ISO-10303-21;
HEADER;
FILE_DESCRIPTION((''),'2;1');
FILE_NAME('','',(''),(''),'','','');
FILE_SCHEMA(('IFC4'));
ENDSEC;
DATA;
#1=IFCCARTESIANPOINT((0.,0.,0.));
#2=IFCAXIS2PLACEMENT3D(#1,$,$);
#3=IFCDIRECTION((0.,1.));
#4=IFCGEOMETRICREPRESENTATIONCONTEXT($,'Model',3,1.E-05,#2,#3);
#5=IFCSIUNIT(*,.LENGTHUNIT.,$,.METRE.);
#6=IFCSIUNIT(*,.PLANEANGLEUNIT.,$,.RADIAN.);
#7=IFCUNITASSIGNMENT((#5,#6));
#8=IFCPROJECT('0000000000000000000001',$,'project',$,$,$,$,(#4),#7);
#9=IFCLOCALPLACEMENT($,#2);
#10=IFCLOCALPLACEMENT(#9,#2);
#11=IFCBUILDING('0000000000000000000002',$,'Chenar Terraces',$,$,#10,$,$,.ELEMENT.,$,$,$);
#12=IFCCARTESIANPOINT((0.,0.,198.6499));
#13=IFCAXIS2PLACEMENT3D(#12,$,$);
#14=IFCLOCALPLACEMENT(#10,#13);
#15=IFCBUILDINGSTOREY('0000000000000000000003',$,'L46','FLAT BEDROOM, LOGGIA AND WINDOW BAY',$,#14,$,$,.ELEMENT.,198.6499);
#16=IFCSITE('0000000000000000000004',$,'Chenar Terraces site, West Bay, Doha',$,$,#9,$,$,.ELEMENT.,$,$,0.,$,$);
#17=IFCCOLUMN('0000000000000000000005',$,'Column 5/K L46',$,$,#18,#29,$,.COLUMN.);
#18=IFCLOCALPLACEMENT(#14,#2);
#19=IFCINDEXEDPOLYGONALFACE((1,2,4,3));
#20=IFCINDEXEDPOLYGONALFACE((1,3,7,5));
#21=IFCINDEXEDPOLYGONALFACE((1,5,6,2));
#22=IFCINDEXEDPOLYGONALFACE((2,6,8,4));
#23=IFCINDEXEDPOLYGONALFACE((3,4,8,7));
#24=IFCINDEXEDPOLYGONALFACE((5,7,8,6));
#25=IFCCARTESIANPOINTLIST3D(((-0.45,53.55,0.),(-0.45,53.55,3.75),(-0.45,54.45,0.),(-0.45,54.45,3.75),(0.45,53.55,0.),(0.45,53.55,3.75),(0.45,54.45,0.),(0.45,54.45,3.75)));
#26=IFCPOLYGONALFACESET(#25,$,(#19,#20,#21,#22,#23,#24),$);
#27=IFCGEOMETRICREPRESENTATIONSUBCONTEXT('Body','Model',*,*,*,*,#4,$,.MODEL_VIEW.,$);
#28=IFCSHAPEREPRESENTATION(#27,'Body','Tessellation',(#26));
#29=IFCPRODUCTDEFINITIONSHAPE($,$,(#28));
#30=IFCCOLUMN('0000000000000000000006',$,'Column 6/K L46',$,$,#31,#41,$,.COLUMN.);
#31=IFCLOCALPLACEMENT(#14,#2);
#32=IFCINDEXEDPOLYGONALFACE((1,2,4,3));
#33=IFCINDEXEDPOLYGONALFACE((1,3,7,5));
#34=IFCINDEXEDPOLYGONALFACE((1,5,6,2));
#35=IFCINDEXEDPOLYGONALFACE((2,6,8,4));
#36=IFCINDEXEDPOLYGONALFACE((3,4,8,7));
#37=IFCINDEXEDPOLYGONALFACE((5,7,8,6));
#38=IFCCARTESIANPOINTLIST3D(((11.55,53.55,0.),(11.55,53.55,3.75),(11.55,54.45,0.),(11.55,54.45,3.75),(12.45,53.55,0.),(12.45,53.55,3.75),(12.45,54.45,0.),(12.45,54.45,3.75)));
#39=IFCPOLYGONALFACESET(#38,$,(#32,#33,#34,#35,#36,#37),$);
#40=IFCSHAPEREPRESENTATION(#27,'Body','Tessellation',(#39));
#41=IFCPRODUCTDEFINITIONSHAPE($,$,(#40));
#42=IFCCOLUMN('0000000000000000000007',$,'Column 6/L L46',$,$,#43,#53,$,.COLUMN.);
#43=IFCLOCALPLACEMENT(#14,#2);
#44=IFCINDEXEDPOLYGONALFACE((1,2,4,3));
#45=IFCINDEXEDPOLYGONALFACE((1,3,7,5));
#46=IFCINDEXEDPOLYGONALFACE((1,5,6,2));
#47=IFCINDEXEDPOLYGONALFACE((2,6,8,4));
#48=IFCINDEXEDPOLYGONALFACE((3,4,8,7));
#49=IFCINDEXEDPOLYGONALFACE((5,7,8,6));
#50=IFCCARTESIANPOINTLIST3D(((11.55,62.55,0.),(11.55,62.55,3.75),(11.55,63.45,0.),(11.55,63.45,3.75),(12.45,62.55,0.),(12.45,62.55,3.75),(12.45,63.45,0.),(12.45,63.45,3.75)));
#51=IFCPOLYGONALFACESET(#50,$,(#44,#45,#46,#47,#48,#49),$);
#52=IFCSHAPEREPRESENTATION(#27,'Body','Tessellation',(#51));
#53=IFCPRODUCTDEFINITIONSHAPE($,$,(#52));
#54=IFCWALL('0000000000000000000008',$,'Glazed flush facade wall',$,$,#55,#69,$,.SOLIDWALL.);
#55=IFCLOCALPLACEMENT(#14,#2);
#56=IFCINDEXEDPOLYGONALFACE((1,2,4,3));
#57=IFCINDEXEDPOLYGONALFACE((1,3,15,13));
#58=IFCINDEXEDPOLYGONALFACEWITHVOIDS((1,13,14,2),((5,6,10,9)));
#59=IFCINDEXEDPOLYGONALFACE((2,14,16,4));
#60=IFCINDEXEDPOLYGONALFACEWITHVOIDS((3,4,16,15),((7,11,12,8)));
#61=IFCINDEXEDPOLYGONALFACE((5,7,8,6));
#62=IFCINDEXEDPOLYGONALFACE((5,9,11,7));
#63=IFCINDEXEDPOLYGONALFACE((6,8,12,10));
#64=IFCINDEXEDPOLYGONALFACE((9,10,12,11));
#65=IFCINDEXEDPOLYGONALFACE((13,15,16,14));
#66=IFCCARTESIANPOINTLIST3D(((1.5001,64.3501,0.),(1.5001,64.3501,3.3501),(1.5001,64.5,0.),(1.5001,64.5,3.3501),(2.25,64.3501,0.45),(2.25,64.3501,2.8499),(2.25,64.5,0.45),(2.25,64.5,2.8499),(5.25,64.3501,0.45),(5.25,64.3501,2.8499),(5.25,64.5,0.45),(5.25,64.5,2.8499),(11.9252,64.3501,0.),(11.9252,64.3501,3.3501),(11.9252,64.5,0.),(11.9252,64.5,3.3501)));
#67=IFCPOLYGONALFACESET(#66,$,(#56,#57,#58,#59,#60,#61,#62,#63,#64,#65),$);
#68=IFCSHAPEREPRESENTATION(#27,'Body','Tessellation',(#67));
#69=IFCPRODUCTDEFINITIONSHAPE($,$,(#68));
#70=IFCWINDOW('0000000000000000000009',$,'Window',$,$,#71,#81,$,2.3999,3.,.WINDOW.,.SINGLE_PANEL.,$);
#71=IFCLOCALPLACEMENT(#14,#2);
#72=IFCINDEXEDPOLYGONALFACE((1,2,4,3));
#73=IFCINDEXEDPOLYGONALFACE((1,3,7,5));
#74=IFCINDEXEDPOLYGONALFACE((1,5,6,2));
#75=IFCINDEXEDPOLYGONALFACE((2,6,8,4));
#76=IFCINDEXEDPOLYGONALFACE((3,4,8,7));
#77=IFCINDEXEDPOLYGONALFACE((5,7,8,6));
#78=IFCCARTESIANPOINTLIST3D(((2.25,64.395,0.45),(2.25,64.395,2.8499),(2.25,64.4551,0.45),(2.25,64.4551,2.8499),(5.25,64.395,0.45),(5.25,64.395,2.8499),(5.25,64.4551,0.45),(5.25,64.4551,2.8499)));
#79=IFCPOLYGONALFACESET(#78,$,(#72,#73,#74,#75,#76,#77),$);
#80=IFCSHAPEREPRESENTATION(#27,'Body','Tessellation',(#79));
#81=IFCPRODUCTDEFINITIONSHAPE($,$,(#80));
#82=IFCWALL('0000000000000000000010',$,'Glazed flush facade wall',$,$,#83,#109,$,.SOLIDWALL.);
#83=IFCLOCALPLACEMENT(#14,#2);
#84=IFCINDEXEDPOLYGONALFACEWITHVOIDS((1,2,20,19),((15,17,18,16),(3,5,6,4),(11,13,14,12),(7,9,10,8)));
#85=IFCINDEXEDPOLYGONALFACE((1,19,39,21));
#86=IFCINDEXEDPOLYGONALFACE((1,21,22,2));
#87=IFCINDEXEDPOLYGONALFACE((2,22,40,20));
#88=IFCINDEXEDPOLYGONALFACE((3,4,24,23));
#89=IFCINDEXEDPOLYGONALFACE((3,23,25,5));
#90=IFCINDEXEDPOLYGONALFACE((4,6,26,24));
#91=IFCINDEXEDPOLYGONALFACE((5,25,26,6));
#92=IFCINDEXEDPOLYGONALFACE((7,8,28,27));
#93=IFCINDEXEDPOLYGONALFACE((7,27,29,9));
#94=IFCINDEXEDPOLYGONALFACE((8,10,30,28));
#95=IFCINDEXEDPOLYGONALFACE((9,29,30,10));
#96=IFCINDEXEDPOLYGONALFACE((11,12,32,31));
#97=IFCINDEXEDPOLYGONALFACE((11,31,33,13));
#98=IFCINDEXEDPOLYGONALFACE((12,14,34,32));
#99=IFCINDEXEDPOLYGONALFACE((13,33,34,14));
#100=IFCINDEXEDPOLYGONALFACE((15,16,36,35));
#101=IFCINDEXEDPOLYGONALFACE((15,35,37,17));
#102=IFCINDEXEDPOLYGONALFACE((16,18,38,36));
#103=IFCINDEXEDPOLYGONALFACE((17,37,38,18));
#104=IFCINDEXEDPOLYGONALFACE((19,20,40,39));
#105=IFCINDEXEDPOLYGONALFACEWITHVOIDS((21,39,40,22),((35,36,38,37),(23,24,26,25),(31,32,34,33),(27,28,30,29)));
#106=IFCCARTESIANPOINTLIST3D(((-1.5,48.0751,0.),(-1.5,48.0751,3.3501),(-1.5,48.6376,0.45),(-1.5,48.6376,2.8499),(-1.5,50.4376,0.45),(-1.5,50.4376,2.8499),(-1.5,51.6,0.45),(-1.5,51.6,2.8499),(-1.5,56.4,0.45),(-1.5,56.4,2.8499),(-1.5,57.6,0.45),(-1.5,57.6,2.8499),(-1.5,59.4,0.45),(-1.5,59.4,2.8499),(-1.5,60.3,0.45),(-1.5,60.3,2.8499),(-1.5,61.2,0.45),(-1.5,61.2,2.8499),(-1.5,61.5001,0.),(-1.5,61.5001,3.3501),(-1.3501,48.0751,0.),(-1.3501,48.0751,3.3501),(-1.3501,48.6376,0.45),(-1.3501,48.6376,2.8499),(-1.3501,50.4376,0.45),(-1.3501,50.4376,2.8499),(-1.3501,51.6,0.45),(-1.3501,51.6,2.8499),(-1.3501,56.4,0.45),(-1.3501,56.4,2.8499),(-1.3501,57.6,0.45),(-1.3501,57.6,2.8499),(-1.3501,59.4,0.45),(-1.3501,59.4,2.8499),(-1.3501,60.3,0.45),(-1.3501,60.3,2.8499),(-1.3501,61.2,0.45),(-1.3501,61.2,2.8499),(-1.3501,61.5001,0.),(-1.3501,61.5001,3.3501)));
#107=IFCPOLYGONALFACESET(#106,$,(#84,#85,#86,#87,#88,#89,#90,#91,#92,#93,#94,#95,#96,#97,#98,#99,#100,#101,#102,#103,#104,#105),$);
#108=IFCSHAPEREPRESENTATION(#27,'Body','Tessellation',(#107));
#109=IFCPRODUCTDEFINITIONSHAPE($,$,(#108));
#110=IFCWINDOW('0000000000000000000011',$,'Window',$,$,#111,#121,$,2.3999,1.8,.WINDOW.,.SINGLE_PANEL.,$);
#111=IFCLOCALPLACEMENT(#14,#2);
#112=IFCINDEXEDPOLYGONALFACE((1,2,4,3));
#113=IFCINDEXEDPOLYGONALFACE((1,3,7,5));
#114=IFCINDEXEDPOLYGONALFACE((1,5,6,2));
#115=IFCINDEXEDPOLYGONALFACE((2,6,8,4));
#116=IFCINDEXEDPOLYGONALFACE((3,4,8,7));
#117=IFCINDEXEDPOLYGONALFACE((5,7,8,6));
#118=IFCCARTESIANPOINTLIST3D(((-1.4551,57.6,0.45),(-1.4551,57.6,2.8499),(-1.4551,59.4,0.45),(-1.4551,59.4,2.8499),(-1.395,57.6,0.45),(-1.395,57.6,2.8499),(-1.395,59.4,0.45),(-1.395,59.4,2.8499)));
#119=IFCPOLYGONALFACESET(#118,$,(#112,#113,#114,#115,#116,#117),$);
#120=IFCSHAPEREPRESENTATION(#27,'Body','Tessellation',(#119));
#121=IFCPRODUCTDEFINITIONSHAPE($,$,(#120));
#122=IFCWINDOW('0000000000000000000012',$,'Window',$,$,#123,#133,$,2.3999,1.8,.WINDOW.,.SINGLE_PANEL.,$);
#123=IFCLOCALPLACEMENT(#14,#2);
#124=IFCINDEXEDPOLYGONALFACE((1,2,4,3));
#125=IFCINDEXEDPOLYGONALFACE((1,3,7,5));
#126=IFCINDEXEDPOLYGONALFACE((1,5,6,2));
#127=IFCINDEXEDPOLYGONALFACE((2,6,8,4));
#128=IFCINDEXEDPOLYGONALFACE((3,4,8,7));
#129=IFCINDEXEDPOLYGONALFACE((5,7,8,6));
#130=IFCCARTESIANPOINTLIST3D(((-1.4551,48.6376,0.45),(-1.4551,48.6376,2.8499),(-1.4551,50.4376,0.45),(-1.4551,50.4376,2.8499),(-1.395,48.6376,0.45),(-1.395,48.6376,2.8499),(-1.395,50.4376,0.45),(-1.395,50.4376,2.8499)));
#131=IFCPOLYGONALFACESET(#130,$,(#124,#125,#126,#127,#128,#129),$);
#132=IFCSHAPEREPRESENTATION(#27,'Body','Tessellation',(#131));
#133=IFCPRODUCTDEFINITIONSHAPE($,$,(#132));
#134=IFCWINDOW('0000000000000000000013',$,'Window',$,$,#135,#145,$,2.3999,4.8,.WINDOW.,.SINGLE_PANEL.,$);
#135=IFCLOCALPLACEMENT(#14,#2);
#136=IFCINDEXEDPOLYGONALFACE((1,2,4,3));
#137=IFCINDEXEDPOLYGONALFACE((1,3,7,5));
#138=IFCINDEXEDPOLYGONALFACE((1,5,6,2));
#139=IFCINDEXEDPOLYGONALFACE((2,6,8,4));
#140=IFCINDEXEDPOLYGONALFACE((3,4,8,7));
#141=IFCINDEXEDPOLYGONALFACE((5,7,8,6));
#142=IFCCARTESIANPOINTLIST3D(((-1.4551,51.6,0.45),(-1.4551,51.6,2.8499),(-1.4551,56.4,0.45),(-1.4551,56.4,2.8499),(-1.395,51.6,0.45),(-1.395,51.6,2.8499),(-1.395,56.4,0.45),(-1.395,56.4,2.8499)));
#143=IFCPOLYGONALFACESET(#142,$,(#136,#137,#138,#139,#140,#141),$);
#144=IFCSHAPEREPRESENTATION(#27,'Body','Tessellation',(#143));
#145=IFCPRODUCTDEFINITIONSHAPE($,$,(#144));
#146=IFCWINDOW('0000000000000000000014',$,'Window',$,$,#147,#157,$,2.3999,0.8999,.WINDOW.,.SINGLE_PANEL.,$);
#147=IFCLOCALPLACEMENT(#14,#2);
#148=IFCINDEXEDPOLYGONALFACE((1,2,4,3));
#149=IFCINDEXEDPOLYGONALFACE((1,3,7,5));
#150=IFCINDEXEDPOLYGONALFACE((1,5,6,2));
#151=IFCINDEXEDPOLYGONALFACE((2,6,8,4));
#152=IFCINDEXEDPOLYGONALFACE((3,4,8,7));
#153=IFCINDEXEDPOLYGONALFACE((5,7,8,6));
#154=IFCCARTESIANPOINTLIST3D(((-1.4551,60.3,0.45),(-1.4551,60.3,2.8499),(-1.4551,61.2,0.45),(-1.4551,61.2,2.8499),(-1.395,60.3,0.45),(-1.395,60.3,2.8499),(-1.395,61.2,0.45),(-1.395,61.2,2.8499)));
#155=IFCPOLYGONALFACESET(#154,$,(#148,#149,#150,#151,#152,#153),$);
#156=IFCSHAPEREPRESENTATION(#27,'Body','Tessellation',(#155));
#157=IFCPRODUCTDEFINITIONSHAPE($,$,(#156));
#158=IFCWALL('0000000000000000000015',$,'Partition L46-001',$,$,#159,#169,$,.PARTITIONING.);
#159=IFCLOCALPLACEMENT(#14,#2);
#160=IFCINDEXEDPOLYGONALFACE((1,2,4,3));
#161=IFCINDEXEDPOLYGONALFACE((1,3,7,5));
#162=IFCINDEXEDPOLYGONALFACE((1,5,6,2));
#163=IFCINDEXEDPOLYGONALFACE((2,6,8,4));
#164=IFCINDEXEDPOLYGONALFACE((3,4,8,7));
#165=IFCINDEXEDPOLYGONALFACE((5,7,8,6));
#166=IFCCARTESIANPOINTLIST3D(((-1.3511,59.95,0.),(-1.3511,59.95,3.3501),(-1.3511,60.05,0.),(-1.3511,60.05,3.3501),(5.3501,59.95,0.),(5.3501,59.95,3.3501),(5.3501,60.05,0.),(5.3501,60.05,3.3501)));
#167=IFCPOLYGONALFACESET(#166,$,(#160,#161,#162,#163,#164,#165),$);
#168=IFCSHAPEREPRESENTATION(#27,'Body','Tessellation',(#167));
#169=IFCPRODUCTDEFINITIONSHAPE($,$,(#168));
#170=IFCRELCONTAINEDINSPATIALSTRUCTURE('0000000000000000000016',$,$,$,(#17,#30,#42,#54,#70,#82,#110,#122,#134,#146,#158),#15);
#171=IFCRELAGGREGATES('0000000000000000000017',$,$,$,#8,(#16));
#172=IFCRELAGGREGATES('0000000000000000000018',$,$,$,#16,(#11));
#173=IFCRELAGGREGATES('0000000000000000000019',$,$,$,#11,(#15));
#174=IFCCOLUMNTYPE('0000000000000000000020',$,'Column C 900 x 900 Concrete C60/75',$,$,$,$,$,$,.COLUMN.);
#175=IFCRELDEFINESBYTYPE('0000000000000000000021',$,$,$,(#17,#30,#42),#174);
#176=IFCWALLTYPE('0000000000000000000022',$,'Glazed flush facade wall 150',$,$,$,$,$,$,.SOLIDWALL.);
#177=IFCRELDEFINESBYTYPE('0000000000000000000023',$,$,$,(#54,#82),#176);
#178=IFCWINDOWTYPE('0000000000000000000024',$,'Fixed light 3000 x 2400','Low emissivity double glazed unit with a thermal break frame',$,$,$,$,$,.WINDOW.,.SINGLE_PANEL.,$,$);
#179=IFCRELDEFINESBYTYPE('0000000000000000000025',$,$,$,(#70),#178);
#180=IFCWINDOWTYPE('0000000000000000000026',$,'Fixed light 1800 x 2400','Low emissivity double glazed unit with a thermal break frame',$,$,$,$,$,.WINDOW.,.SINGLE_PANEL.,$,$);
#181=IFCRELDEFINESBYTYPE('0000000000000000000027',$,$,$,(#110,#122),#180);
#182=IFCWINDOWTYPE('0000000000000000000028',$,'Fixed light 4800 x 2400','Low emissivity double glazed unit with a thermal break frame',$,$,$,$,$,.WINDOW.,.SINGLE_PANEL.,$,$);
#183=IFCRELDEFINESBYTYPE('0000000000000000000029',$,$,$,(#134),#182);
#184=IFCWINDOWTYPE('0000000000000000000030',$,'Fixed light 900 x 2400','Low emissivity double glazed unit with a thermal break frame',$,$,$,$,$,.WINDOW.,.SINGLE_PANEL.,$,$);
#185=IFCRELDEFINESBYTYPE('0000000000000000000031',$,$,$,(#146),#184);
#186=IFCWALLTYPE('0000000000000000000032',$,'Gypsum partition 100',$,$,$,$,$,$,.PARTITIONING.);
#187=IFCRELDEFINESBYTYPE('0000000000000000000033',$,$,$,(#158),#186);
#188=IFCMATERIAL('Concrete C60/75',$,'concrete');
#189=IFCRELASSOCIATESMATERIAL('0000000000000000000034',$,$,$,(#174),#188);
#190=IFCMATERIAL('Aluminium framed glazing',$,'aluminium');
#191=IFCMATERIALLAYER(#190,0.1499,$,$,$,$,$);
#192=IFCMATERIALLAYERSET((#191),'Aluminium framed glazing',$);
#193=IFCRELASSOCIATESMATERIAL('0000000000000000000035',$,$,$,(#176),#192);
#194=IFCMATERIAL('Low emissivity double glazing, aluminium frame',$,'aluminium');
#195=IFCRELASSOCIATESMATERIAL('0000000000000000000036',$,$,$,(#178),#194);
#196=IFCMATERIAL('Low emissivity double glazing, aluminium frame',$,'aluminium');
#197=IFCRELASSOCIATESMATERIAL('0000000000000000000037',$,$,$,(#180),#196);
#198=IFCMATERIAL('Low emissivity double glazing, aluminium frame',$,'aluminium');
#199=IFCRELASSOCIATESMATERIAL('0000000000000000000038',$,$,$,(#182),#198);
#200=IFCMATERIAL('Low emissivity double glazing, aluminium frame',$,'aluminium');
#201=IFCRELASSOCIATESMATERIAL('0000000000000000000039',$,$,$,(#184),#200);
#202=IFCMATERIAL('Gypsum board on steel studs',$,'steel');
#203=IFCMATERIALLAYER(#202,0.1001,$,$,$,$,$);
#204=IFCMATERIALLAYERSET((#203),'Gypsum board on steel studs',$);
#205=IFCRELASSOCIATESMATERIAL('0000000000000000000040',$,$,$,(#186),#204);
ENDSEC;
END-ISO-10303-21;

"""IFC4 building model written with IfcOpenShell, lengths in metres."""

from ifc_helpers import new_model, si_unit, direction, frame, frame_2d, origin, origin_2d, place, context, subcontext, project, spatial, rectangle, extrude, material, layer, layer_set, material_profile, profile_set, type_object, element, fill, save


model = new_model("IFC4")

# Units and contexts
model_context = context("Model", 3, precision=1e-05, world=origin(), true_north=direction((0.0, 1.0)))
body_context = subcontext(model_context, "Body", "Model", "MODEL_VIEW")
ifc_project = project(units=[si_unit("LENGTHUNIT", "METRE"), si_unit("PLANEANGLEUNIT", "RADIAN")], contexts=[model_context])

# Site, building, storey
site_placement = place(None, origin())
site = spatial("IfcSite", under=ifc_project, at=site_placement, Name="Chenar Terraces site, West Bay, Doha", CompositionType="ELEMENT", RefElevation=0.0)
building_placement = place(site_placement, origin())
building = spatial("IfcBuilding", under=site, at=building_placement, Name="Chenar Terraces", CompositionType="ELEMENT")
storey_placement = place(building_placement, frame((0.0, 0.0, 198.6499)))
storey = spatial("IfcBuildingStorey", under=building, at=storey_placement, Name="L46", Description="FLAT BEDROOM, LOGGIA AND WINDOW BAY", CompositionType="ELEMENT", Elevation=198.6499)

# Columns
ifc_material_1 = material(Name="Concrete C60/75", Category="concrete")
ifc_material_profile = material_profile(ifc_material_1, rectangle(XDim=0.8999, YDim=0.8999, at=origin_2d()), Name="C 900 x 900")
ifc_profile_set = profile_set([ifc_material_profile], Name="Concrete C60/75")
column_type = type_object("IfcColumnType", Name="Column C 900 x 900 Concrete C60/75", PredefinedType="COLUMN", material=ifc_profile_set)
for number, where, z_axis, x_axis, name in (
    (1, (0.0, 54.0, 0.0), (0.0, 0.0, 1.0), (1.0, 0.0, 0.0), "Column 5/K L46"),
    (2, (12.0, 54.0, 0.0), (0.0, 0.0, 1.0), (1.0, 0.0, 0.0), "Column 6/K L46"),
    (3, (12.0, 63.0, 0.0), (0.0, 0.0, 1.0), (1.0, 0.0, 0.0), "Column 6/L L46"),
):
    element("IfcColumn", number, at=place(storey_placement, frame(where, z_axis=z_axis, x_axis=x_axis)), inside=storey, type_object=column_type, Name=name, PredefinedType="COLUMN", context=body_context, shape_type="SweptSolid", body=[
        extrude(rectangle(XDim=0.8999, YDim=0.8999, at=origin_2d()), origin(), (0.0, 0.0, 1.0), 3.75),
    ])

# Wall, opening, window
ifc_material_2 = material(Name="Aluminium framed glazing", Category="aluminium")
ifc_layer_1 = layer(ifc_material_2, 0.1499)
ifc_layer_set_1 = layer_set([ifc_layer_1], Name="Aluminium framed glazing")
wall_type_1 = type_object("IfcWallType", Name="Glazed flush facade wall 150", PredefinedType="SOLIDWALL", material=ifc_layer_set_1)
wall_1_placement = place(storey_placement, frame((11.925, 64.425, 0.0), z_axis=(0.0, 0.0, 1.0), x_axis=(-1.0, 0.0, 0.0)))
wall_1 = element("IfcWall", 4, at=wall_1_placement, inside=storey, type_object=wall_type_1, Name="Glazed flush facade wall", PredefinedType="SOLIDWALL", context=body_context, shape_type="SweptSolid", body=[
    extrude(rectangle(XDim=10.425, YDim=0.1499, at=frame_2d((5.2124, 0.0))), origin(), (0.0, 0.0, 1.0), 3.3501),
])
opening_1_placement = place(wall_1_placement, frame((6.675, 0.0, 0.45)))
opening_1 = element("IfcOpeningElement", 5, at=opening_1_placement, cuts=wall_1, PredefinedType="OPENING", context=body_context, shape_type="SweptSolid", body=[
    extrude(rectangle(XDim=3.0, YDim=2.3999, at=frame_2d((1.5, 1.2))), frame((0.0, 0.085, 0.0), z_axis=(0.0, -1.0, 0.0), x_axis=(1.0, 0.0, 0.0)), (0.0, 0.0, 1.0), 0.1699),
])
ifc_material_3 = material(Name="Low emissivity double glazing, aluminium frame", Category="aluminium")
window_type_1 = type_object("IfcWindowType", Name="Fixed light 3000 x 2400", Description="Low emissivity double glazed unit with a thermal break frame", PartitioningType="SINGLE_PANEL", PredefinedType="WINDOW", material=ifc_material_3)
window_1_placement = place(opening_1_placement, origin())
window_1 = element("IfcWindow", 6, at=window_1_placement, inside=storey, type_object=window_type_1, Name="Window", OverallHeight=2.3999, OverallWidth=3.0, PartitioningType="SINGLE_PANEL", PredefinedType="WINDOW", context=body_context, shape_type="SweptSolid", body=[
    extrude(rectangle(XDim=3.0, YDim=2.3999, at=frame_2d((1.5, 1.2))), frame((0.0, 0.03, 0.0), z_axis=(0.0, -1.0, 0.0), x_axis=(1.0, 0.0, 0.0)), (0.0, 0.0, 1.0), 0.0601),
])
fill(opening_1, window_1)

# Wall, openings, windows
wall_2_placement = place(storey_placement, frame((-1.425, 61.5, 0.0), z_axis=(0.0, 0.0, 1.0), x_axis=(0.0, -1.0, 0.0)))
wall_2 = element("IfcWall", 7, at=wall_2_placement, inside=storey, type_object=wall_type_1, Name="Glazed flush facade wall", PredefinedType="SOLIDWALL", context=body_context, shape_type="SweptSolid", body=[
    extrude(rectangle(XDim=13.425, YDim=0.1499, at=frame_2d((6.7124, 0.0))), origin(), (0.0, 0.0, 1.0), 3.3501),
])
opening_2_placement = place(wall_2_placement, frame((0.3, 0.0, 0.45)))
opening_2 = element("IfcOpeningElement", 8, at=opening_2_placement, cuts=wall_2, PredefinedType="OPENING", context=body_context, shape_type="SweptSolid", body=[
    extrude(rectangle(XDim=0.8999, YDim=2.3999, at=frame_2d((0.45, 1.2))), frame((0.0, 0.085, 0.0), z_axis=(0.0, -1.0, 0.0), x_axis=(1.0, 0.0, 0.0)), (0.0, 0.0, 1.0), 0.1699),
])
opening_3_placement = place(wall_2_placement, frame((2.1001, 0.0, 0.45)))
opening_3 = element("IfcOpeningElement", 9, at=opening_3_placement, cuts=wall_2, PredefinedType="OPENING", context=body_context, shape_type="SweptSolid", body=[
    extrude(rectangle(XDim=1.8, YDim=2.3999, at=frame_2d((0.8999, 1.2))), frame((0.0, 0.085, 0.0), z_axis=(0.0, -1.0, 0.0), x_axis=(1.0, 0.0, 0.0)), (0.0, 0.0, 1.0), 0.1699),
])
opening_4_placement = place(wall_2_placement, frame((5.1001, 0.0, 0.45)))
opening_4 = element("IfcOpeningElement", 10, at=opening_4_placement, cuts=wall_2, PredefinedType="OPENING", context=body_context, shape_type="SweptSolid", body=[
    extrude(rectangle(XDim=4.8, YDim=2.3999, at=frame_2d((2.3999, 1.2))), frame((0.0, 0.085, 0.0), z_axis=(0.0, -1.0, 0.0), x_axis=(1.0, 0.0, 0.0)), (0.0, 0.0, 1.0), 0.1699),
])
opening_5_placement = place(wall_2_placement, frame((11.0625, 0.0, 0.45)))
opening_5 = element("IfcOpeningElement", 11, at=opening_5_placement, cuts=wall_2, PredefinedType="OPENING", context=body_context, shape_type="SweptSolid", body=[
    extrude(rectangle(XDim=1.8, YDim=2.3999, at=frame_2d((0.8999, 1.2))), frame((0.0, 0.085, 0.0), z_axis=(0.0, -1.0, 0.0), x_axis=(1.0, 0.0, 0.0)), (0.0, 0.0, 1.0), 0.1699),
])
ifc_material_4 = material(Name="Low emissivity double glazing, aluminium frame", Category="aluminium")
window_type_2 = type_object("IfcWindowType", Name="Fixed light 1800 x 2400", Description="Low emissivity double glazed unit with a thermal break frame", PartitioningType="SINGLE_PANEL", PredefinedType="WINDOW", material=ifc_material_4)
window_2_placement = place(opening_3_placement, origin())
window_2 = element("IfcWindow", 12, at=window_2_placement, inside=storey, type_object=window_type_2, Name="Window", OverallHeight=2.3999, OverallWidth=1.8, PartitioningType="SINGLE_PANEL", PredefinedType="WINDOW", context=body_context, shape_type="SweptSolid", body=[
    extrude(rectangle(XDim=1.8, YDim=2.3999, at=frame_2d((0.8999, 1.2))), frame((0.0, 0.03, 0.0), z_axis=(0.0, -1.0, 0.0), x_axis=(1.0, 0.0, 0.0)), (0.0, 0.0, 1.0), 0.0601),
])
fill(opening_3, window_2)
window_3_placement = place(opening_5_placement, origin())
window_3 = element("IfcWindow", 13, at=window_3_placement, inside=storey, type_object=window_type_2, Name="Window", OverallHeight=2.3999, OverallWidth=1.8, PartitioningType="SINGLE_PANEL", PredefinedType="WINDOW", context=body_context, shape_type="SweptSolid", body=[
    extrude(rectangle(XDim=1.8, YDim=2.3999, at=frame_2d((0.8999, 1.2))), frame((0.0, 0.03, 0.0), z_axis=(0.0, -1.0, 0.0), x_axis=(1.0, 0.0, 0.0)), (0.0, 0.0, 1.0), 0.0601),
])
fill(opening_5, window_3)
ifc_material_5 = material(Name="Low emissivity double glazing, aluminium frame", Category="aluminium")
window_type_3 = type_object("IfcWindowType", Name="Fixed light 4800 x 2400", Description="Low emissivity double glazed unit with a thermal break frame", PartitioningType="SINGLE_PANEL", PredefinedType="WINDOW", material=ifc_material_5)
window_4_placement = place(opening_4_placement, origin())
window_4 = element("IfcWindow", 14, at=window_4_placement, inside=storey, type_object=window_type_3, Name="Window", OverallHeight=2.3999, OverallWidth=4.8, PartitioningType="SINGLE_PANEL", PredefinedType="WINDOW", context=body_context, shape_type="SweptSolid", body=[
    extrude(rectangle(XDim=4.8, YDim=2.3999, at=frame_2d((2.3999, 1.2))), frame((0.0, 0.03, 0.0), z_axis=(0.0, -1.0, 0.0), x_axis=(1.0, 0.0, 0.0)), (0.0, 0.0, 1.0), 0.0601),
])
fill(opening_4, window_4)
ifc_material_6 = material(Name="Low emissivity double glazing, aluminium frame", Category="aluminium")
window_type_4 = type_object("IfcWindowType", Name="Fixed light 900 x 2400", Description="Low emissivity double glazed unit with a thermal break frame", PartitioningType="SINGLE_PANEL", PredefinedType="WINDOW", material=ifc_material_6)
window_5_placement = place(opening_2_placement, origin())
window_5 = element("IfcWindow", 15, at=window_5_placement, inside=storey, type_object=window_type_4, Name="Window", OverallHeight=2.3999, OverallWidth=0.8999, PartitioningType="SINGLE_PANEL", PredefinedType="WINDOW", context=body_context, shape_type="SweptSolid", body=[
    extrude(rectangle(XDim=0.8999, YDim=2.3999, at=frame_2d((0.45, 1.2))), frame((0.0, 0.03, 0.0), z_axis=(0.0, -1.0, 0.0), x_axis=(1.0, 0.0, 0.0)), (0.0, 0.0, 1.0), 0.0601),
])
fill(opening_2, window_5)

# Wall
ifc_material_7 = material(Name="Gypsum board on steel studs", Category="steel")
ifc_layer_2 = layer(ifc_material_7, 0.1001)
ifc_layer_set_2 = layer_set([ifc_layer_2], Name="Gypsum board on steel studs")
wall_type_2 = type_object("IfcWallType", Name="Gypsum partition 100", PredefinedType="PARTITIONING", material=ifc_layer_set_2)
wall_3_placement = place(storey_placement, frame((-1.3511, 60.0, 0.0), z_axis=(0.0, 0.0, 1.0), x_axis=(1.0, 0.0, 0.0)))
element("IfcWall", 16, at=wall_3_placement, inside=storey, type_object=wall_type_2, Name="Partition L46-001", PredefinedType="PARTITIONING", context=body_context, shape_type="SweptSolid", body=[
    extrude(rectangle(XDim=6.7012, YDim=0.1001, at=frame_2d((3.3506, 0.0))), origin(), (0.0, 0.0, 1.0), 3.3501),
])

save(model, "model.ifc")
